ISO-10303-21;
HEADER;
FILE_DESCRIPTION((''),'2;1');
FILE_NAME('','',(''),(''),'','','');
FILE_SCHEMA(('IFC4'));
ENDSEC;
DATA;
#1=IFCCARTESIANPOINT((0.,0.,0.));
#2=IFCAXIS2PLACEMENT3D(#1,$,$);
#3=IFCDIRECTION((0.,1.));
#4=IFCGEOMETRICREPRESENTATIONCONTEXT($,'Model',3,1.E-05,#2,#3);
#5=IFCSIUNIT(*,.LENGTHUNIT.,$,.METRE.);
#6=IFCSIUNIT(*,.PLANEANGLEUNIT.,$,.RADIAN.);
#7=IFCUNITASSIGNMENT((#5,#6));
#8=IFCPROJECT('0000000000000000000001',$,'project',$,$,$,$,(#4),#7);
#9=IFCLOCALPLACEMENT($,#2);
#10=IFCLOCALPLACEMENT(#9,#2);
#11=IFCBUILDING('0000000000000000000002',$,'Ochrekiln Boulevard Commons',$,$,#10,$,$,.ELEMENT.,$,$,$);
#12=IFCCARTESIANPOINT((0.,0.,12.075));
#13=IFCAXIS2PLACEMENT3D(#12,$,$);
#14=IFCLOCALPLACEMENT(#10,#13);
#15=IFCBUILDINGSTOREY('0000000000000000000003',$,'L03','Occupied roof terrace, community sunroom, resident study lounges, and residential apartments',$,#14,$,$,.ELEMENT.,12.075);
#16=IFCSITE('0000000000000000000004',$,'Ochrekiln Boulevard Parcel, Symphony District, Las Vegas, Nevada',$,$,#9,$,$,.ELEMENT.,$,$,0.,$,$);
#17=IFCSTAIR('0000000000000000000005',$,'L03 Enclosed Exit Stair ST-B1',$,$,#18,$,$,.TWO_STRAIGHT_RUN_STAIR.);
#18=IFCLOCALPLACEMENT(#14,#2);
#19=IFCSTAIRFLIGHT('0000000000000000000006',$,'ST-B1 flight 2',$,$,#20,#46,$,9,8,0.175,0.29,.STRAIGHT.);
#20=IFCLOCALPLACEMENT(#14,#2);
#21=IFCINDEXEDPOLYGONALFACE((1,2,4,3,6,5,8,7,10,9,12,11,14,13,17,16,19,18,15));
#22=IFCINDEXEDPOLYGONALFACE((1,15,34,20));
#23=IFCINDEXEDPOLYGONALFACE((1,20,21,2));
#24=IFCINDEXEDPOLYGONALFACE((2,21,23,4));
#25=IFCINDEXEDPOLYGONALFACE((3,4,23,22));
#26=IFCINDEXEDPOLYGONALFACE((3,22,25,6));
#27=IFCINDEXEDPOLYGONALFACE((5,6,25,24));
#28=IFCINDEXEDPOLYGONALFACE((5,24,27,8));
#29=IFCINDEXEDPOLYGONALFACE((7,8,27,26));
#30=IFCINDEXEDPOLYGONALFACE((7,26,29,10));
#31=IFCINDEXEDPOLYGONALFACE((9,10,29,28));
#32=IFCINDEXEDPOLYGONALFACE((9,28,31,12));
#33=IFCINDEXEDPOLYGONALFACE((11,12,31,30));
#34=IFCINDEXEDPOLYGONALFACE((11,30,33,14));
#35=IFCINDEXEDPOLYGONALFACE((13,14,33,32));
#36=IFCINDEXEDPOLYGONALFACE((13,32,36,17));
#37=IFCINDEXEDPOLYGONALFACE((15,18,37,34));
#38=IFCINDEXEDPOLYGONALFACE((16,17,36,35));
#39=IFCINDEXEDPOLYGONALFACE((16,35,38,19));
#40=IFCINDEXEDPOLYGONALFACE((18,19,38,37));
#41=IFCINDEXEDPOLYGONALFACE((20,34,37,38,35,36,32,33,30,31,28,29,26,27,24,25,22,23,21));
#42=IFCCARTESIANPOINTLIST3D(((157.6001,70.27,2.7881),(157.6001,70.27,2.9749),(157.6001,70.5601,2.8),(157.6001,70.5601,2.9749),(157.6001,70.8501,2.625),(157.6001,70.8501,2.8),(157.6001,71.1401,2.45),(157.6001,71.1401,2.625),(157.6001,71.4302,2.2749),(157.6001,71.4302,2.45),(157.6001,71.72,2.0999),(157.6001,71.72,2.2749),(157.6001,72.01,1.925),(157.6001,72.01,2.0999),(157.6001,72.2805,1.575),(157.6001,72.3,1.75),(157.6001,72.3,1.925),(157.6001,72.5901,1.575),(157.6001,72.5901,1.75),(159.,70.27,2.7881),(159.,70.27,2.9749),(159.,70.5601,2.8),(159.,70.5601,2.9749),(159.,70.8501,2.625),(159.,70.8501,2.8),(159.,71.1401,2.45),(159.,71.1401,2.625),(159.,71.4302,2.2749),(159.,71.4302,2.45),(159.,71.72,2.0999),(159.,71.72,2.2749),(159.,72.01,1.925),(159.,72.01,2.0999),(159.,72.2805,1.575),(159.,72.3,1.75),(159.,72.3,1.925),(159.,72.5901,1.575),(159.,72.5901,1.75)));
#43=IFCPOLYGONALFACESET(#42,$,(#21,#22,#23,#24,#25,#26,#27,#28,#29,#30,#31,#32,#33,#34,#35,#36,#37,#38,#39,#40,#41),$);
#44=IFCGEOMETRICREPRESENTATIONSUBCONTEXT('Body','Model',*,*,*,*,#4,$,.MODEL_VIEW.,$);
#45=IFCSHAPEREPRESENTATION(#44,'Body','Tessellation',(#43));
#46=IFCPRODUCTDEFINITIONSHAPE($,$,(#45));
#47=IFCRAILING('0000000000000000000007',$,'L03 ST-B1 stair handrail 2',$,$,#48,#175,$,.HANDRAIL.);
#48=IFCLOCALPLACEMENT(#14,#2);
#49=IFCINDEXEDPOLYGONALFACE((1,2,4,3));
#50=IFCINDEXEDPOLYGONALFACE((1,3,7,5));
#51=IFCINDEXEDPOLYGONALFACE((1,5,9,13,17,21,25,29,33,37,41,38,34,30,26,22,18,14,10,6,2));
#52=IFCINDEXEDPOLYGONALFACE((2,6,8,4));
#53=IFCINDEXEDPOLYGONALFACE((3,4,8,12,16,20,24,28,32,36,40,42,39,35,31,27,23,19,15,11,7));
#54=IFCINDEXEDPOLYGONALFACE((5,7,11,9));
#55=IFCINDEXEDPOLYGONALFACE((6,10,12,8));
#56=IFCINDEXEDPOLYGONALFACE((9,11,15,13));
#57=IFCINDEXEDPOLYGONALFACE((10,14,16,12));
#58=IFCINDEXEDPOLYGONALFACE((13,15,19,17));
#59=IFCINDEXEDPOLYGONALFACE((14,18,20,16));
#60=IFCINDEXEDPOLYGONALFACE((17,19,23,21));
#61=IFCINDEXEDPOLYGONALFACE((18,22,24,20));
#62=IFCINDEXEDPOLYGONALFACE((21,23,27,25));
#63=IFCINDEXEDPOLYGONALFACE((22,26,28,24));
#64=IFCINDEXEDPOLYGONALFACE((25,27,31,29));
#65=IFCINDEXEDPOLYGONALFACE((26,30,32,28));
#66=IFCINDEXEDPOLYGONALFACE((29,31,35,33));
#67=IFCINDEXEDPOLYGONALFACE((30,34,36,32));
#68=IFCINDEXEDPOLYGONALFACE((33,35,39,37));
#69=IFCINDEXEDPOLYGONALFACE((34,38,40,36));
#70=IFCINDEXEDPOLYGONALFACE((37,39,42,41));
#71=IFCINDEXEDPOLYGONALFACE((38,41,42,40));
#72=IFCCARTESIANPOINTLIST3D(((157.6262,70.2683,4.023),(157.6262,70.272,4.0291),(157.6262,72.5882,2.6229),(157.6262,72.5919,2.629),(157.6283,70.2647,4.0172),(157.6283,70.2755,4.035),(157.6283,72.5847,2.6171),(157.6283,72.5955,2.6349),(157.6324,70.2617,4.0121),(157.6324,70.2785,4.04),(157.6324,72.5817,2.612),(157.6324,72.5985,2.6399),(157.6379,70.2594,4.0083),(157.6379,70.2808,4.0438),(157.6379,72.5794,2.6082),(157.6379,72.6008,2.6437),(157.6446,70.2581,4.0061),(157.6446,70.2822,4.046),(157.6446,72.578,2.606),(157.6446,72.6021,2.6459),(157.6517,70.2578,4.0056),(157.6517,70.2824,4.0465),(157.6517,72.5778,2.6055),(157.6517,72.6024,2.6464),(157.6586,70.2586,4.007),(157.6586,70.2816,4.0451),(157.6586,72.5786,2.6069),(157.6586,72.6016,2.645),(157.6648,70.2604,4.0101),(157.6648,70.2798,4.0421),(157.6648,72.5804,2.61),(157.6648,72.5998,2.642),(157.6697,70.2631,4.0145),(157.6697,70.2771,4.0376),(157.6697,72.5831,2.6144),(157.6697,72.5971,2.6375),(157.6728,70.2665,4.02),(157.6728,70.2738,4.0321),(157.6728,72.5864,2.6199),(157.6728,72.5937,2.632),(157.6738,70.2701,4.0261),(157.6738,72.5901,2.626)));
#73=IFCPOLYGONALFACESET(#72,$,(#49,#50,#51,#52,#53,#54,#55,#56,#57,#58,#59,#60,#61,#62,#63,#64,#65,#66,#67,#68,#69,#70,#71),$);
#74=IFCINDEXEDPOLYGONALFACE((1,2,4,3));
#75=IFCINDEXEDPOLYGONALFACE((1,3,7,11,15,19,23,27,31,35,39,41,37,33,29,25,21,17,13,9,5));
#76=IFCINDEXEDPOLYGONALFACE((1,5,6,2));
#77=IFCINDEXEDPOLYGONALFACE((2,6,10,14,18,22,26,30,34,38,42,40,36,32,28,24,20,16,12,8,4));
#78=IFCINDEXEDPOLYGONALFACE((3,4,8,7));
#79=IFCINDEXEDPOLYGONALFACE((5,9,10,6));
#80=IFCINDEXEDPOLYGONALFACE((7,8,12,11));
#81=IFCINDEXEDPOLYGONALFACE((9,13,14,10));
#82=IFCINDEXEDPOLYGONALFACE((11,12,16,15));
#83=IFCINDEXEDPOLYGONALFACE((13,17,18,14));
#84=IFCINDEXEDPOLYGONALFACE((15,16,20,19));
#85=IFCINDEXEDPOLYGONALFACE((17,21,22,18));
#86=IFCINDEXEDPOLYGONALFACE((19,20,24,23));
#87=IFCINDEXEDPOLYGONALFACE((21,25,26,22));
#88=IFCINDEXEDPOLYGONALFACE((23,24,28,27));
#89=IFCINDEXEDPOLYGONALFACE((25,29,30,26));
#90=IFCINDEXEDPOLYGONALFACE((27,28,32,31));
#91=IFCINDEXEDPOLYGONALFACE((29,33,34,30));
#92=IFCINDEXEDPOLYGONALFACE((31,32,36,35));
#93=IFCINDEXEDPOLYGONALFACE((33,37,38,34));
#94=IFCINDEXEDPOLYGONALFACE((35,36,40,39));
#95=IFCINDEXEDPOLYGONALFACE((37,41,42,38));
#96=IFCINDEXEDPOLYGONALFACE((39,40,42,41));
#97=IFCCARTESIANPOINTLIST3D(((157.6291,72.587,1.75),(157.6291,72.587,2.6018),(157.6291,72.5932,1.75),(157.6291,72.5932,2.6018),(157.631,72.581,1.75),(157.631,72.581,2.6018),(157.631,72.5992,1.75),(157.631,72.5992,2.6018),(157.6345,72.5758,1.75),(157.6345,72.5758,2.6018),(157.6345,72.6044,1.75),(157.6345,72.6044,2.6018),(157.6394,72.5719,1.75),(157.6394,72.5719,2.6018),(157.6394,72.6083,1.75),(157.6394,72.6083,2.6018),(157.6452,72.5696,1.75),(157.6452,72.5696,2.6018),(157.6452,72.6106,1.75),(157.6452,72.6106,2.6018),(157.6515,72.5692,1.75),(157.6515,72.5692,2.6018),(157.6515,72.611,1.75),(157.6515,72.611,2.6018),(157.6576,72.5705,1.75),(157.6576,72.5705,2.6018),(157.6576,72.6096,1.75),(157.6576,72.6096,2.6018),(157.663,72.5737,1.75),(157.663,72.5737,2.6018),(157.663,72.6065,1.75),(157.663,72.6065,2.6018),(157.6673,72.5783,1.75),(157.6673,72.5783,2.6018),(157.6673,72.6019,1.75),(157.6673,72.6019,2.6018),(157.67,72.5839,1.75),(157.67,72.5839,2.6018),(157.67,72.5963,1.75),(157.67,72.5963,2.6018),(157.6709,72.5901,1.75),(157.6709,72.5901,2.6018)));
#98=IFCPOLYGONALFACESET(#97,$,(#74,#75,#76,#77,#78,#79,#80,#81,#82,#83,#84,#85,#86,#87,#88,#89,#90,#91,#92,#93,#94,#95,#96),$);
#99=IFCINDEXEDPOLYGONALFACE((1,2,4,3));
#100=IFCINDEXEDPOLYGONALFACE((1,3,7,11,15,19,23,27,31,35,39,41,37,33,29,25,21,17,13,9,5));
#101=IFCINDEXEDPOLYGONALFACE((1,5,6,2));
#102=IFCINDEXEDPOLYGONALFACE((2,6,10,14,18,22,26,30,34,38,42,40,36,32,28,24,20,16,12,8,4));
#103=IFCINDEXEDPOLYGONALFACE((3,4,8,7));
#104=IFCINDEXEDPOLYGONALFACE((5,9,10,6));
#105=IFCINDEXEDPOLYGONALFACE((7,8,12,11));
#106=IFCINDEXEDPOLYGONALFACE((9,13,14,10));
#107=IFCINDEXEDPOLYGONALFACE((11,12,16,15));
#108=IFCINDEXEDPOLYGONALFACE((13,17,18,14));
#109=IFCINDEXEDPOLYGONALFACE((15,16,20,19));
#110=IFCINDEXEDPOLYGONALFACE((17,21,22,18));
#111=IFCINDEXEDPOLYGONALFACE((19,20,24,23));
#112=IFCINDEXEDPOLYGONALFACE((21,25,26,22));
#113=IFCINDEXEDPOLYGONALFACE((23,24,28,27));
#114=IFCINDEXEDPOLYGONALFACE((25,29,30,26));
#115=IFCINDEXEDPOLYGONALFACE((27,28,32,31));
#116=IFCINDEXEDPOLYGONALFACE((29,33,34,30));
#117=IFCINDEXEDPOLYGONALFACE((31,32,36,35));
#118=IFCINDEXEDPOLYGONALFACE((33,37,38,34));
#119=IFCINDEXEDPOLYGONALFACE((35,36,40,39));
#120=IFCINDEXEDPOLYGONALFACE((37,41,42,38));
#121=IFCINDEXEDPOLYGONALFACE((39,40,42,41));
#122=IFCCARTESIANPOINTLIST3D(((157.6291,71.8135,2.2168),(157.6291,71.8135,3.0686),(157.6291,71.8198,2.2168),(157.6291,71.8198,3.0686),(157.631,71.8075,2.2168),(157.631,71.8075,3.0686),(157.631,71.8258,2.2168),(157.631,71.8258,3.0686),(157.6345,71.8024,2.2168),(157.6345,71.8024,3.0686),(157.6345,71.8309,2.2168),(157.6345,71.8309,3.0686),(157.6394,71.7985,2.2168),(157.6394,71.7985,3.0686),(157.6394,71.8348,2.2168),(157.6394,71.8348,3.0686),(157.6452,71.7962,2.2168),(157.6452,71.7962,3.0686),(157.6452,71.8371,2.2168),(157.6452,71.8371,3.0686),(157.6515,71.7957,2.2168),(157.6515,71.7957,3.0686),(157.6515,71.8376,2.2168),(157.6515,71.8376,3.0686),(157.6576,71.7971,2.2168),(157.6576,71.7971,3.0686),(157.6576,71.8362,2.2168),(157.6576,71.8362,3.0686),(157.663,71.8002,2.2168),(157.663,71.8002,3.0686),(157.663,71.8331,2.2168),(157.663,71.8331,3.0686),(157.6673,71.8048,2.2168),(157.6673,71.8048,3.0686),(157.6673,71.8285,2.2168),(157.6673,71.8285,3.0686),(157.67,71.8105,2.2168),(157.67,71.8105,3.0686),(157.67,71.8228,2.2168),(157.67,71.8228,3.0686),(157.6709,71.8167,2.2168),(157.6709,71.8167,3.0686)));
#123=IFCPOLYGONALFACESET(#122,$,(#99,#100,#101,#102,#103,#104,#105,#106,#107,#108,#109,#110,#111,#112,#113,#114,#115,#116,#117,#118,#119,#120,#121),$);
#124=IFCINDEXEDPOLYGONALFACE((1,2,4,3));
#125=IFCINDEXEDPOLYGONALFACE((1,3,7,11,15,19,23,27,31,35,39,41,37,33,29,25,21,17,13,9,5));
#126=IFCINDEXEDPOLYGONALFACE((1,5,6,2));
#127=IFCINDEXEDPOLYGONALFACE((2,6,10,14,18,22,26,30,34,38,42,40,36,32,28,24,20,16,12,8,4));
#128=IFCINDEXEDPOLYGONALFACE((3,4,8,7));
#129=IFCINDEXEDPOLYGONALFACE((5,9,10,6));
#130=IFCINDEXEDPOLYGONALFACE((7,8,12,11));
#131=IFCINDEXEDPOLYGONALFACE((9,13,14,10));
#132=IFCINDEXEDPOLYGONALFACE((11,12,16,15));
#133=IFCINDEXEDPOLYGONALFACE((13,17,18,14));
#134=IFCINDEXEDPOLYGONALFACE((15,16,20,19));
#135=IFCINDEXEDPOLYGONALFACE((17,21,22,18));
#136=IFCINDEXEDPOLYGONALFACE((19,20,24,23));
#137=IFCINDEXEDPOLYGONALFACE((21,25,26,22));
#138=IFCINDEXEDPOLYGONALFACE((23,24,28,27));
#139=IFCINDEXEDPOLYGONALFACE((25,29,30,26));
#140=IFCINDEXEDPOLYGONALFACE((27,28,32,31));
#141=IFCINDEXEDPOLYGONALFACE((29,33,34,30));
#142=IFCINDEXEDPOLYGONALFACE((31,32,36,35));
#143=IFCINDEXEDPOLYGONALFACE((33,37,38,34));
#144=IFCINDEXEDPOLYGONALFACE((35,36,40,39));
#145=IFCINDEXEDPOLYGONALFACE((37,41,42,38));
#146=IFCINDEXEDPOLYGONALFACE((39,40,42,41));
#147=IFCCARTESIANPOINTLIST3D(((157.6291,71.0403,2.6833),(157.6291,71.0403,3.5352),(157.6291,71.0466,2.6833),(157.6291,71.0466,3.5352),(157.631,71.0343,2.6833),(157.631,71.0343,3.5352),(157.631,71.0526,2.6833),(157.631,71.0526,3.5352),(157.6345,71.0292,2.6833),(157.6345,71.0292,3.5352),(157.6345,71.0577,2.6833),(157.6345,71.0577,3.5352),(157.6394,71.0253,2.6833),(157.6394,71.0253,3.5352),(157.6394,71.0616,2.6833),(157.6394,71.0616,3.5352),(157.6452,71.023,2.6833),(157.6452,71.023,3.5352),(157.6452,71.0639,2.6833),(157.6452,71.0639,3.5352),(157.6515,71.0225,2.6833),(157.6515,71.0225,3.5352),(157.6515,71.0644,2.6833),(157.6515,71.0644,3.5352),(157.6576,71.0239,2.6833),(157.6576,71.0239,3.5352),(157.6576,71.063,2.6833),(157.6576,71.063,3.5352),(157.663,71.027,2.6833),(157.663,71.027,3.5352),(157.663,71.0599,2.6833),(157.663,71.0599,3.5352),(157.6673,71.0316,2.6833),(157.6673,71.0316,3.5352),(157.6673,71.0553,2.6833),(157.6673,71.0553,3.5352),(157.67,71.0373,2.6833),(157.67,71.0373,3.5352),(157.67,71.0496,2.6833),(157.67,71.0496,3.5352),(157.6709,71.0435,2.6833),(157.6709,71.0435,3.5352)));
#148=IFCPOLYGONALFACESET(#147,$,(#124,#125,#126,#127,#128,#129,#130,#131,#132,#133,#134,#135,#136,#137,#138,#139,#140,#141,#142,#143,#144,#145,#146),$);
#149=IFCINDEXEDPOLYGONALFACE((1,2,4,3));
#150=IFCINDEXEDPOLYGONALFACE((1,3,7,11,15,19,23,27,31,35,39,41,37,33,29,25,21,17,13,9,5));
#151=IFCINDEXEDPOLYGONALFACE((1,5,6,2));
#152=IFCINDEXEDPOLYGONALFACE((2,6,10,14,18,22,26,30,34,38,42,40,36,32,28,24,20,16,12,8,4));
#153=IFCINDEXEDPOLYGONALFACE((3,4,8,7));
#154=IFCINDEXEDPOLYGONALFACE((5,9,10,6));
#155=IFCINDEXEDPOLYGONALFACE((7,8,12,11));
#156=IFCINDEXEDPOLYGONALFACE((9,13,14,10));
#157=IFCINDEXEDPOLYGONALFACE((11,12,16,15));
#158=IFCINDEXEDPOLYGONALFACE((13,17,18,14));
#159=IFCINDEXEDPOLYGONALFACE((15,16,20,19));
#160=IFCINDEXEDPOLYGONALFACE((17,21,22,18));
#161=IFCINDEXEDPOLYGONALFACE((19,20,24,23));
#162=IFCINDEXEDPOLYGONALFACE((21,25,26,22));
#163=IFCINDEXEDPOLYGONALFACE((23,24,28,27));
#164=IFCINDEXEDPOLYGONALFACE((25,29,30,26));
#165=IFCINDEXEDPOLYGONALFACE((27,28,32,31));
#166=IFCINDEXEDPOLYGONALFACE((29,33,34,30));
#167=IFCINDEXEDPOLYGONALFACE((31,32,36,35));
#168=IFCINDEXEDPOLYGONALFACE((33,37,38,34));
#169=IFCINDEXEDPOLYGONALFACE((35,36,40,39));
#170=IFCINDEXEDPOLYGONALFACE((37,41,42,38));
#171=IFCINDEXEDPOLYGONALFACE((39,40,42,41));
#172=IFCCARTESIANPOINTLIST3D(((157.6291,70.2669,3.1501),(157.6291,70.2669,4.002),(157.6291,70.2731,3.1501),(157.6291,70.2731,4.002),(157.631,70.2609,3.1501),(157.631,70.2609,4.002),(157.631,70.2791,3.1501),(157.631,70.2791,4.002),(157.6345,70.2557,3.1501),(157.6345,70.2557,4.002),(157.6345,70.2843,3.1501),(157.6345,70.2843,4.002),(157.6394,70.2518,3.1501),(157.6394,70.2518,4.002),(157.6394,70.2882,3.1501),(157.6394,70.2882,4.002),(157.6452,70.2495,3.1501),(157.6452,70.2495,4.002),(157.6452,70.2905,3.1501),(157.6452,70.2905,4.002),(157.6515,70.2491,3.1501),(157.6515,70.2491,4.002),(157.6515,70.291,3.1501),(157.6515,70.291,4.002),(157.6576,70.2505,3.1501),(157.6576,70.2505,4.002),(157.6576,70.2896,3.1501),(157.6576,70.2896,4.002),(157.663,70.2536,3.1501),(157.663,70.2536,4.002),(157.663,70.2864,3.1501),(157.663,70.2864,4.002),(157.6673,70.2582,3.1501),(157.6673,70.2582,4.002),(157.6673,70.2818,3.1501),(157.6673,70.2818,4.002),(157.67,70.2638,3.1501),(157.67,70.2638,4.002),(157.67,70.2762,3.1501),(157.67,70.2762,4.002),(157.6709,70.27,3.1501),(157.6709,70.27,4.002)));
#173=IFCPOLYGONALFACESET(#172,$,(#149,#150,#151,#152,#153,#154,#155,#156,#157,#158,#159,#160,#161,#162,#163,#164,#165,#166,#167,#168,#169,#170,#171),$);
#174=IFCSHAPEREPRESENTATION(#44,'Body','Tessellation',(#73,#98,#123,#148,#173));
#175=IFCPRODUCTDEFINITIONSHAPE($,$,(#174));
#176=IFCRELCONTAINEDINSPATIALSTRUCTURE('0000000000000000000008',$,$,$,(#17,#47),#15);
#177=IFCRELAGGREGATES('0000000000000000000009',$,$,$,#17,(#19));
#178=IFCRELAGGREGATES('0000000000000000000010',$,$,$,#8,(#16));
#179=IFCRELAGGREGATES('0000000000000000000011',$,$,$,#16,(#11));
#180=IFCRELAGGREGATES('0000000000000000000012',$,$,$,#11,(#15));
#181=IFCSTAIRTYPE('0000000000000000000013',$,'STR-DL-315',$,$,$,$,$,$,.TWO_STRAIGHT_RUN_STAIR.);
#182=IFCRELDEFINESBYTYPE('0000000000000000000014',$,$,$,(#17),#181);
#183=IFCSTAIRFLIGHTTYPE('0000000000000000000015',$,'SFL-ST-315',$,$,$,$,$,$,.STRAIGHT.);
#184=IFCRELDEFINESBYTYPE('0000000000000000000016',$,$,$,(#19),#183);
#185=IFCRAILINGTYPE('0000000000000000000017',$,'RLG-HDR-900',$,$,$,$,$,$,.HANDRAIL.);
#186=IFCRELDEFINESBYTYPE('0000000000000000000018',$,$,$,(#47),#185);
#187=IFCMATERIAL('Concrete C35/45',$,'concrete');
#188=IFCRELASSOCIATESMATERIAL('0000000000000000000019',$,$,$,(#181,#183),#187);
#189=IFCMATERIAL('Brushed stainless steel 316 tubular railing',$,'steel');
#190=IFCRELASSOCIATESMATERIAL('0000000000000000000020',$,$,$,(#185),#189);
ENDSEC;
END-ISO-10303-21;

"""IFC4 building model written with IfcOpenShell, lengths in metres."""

from ifc_helpers import new_model, si_unit, direction, frame, origin, origin_2d, place, context, subcontext, project, spatial, polyline, circle, outline, extrude, material, type_object, element, aggregate, save


model = new_model("IFC4")

# Units and contexts
model_context = context("Model", 3, precision=1e-05, world=origin(), true_north=direction((0.0, 1.0)))
body_context = subcontext(model_context, "Body", "Model", "MODEL_VIEW")
ifc_project = project(units=[si_unit("LENGTHUNIT", "METRE"), si_unit("PLANEANGLEUNIT", "RADIAN")], contexts=[model_context])

# Site, building, storey
site_placement = place(None, origin())
site = spatial("IfcSite", under=ifc_project, at=site_placement, Name="Ochrekiln Boulevard Parcel, Symphony District, Las Vegas, Nevada", CompositionType="ELEMENT", RefElevation=0.0)
building_placement = place(site_placement, origin())
building = spatial("IfcBuilding", under=site, at=building_placement, Name="Ochrekiln Boulevard Commons", CompositionType="ELEMENT")
storey_placement = place(building_placement, frame((0.0, 0.0, 12.075)))
storey = spatial("IfcBuildingStorey", under=building, at=storey_placement, Name="L03", Description="Occupied roof terrace, community sunroom, resident study lounges, and residential apartments", CompositionType="ELEMENT", Elevation=12.075)

# Shared definitions
ifc_material_1 = material(Name="Concrete C35/45", Category="concrete")

# Stair, stair flight
stair_type = type_object("IfcStairType", Name="STR-DL-315", PredefinedType="TWO_STRAIGHT_RUN_STAIR", material=ifc_material_1)
stair_placement = place(storey_placement, origin())
stair = element("IfcStair", 1, at=stair_placement, inside=storey, type_object=stair_type, Name="L03 Enclosed Exit Stair ST-B1", PredefinedType="TWO_STRAIGHT_RUN_STAIR")
stair_flight_type = type_object("IfcStairFlightType", Name="SFL-ST-315", PredefinedType="STRAIGHT", material=ifc_material_1)
stair_flight_placement = place(storey_placement, frame((158.3, 72.5901, 1.575), z_axis=(0.0, 0.0, 1.0), x_axis=(0.0, -1.0, 0.0)))
stair_flight = element("IfcStairFlight", 2, at=stair_flight_placement, type_object=stair_flight_type, Name="ST-B1 flight 2", NumberOfRisers=9, NumberOfTreads=8, PredefinedType="STRAIGHT", RiserHeight=0.175, TreadLength=0.29, context=body_context, shape_type="SweptSolid", body=[
    extrude(outline(polyline([(0.0, 0.0), (0.0, 0.175), (0.29, 0.175), (0.29, 0.3501), (0.5801, 0.3501), (0.5801, 0.5249), (0.8701, 0.5249), (0.8701, 0.7), (1.1599, 0.7), (1.1599, 0.875), (1.45, 0.875), (1.45, 1.05), (1.74, 1.05), (1.74, 1.2251), (2.03, 1.2251), (2.03, 1.3999), (2.3201, 1.3999), (2.3201, 1.575), (2.3201, 1.2131), (0.3096, 0.0), (0.0, 0.0)])), frame((0.0, 0.7, 0.0), z_axis=(0.0, -1.0, 0.0), x_axis=(1.0, 0.0, 0.0)), (0.0, 0.0, 1.0), 1.3999),
])
aggregate(stair, [stair_flight])

# Railing
ifc_material_2 = material(Name="Brushed stainless steel 316 tubular railing", Category="steel")
railing_type_1 = type_object("IfcRailingType", Name="RLG-HDR-900", PredefinedType="HANDRAIL", material=ifc_material_2)
railing_1_placement = place(storey_placement, frame((157.6499, 72.5901, 1.75)))
element("IfcRailing", 3, at=railing_1_placement, inside=storey, type_object=railing_type_1, Name="L03 ST-B1 stair handrail 2", PredefinedType="HANDRAIL", context=body_context, shape_type="SweptSolid", body=[
    extrude(circle(Radius=0.0239, at=origin_2d()), frame((0.0, 0.0, 0.876), z_axis=(0.0, -0.85617, 0.516693), x_axis=(1.0, 0.0, 0.0)), (0.0, 0.0, 1.0), 2.7097),
    extrude(circle(Radius=0.021, at=origin_2d()), origin(), (0.0, 0.0, 1.0), 0.8518),
    extrude(circle(Radius=0.021, at=origin_2d()), frame((0.0, -0.7734, 0.4668)), (0.0, 0.0, 1.0), 0.8518),
    extrude(circle(Radius=0.021, at=origin_2d()), frame((0.0, -1.5466, 0.9333)), (0.0, 0.0, 1.0), 0.8518),
    extrude(circle(Radius=0.021, at=origin_2d()), frame((0.0, -2.3201, 1.4001)), (0.0, 0.0, 1.0), 0.8518),
])

save(model, "model.ifc")
